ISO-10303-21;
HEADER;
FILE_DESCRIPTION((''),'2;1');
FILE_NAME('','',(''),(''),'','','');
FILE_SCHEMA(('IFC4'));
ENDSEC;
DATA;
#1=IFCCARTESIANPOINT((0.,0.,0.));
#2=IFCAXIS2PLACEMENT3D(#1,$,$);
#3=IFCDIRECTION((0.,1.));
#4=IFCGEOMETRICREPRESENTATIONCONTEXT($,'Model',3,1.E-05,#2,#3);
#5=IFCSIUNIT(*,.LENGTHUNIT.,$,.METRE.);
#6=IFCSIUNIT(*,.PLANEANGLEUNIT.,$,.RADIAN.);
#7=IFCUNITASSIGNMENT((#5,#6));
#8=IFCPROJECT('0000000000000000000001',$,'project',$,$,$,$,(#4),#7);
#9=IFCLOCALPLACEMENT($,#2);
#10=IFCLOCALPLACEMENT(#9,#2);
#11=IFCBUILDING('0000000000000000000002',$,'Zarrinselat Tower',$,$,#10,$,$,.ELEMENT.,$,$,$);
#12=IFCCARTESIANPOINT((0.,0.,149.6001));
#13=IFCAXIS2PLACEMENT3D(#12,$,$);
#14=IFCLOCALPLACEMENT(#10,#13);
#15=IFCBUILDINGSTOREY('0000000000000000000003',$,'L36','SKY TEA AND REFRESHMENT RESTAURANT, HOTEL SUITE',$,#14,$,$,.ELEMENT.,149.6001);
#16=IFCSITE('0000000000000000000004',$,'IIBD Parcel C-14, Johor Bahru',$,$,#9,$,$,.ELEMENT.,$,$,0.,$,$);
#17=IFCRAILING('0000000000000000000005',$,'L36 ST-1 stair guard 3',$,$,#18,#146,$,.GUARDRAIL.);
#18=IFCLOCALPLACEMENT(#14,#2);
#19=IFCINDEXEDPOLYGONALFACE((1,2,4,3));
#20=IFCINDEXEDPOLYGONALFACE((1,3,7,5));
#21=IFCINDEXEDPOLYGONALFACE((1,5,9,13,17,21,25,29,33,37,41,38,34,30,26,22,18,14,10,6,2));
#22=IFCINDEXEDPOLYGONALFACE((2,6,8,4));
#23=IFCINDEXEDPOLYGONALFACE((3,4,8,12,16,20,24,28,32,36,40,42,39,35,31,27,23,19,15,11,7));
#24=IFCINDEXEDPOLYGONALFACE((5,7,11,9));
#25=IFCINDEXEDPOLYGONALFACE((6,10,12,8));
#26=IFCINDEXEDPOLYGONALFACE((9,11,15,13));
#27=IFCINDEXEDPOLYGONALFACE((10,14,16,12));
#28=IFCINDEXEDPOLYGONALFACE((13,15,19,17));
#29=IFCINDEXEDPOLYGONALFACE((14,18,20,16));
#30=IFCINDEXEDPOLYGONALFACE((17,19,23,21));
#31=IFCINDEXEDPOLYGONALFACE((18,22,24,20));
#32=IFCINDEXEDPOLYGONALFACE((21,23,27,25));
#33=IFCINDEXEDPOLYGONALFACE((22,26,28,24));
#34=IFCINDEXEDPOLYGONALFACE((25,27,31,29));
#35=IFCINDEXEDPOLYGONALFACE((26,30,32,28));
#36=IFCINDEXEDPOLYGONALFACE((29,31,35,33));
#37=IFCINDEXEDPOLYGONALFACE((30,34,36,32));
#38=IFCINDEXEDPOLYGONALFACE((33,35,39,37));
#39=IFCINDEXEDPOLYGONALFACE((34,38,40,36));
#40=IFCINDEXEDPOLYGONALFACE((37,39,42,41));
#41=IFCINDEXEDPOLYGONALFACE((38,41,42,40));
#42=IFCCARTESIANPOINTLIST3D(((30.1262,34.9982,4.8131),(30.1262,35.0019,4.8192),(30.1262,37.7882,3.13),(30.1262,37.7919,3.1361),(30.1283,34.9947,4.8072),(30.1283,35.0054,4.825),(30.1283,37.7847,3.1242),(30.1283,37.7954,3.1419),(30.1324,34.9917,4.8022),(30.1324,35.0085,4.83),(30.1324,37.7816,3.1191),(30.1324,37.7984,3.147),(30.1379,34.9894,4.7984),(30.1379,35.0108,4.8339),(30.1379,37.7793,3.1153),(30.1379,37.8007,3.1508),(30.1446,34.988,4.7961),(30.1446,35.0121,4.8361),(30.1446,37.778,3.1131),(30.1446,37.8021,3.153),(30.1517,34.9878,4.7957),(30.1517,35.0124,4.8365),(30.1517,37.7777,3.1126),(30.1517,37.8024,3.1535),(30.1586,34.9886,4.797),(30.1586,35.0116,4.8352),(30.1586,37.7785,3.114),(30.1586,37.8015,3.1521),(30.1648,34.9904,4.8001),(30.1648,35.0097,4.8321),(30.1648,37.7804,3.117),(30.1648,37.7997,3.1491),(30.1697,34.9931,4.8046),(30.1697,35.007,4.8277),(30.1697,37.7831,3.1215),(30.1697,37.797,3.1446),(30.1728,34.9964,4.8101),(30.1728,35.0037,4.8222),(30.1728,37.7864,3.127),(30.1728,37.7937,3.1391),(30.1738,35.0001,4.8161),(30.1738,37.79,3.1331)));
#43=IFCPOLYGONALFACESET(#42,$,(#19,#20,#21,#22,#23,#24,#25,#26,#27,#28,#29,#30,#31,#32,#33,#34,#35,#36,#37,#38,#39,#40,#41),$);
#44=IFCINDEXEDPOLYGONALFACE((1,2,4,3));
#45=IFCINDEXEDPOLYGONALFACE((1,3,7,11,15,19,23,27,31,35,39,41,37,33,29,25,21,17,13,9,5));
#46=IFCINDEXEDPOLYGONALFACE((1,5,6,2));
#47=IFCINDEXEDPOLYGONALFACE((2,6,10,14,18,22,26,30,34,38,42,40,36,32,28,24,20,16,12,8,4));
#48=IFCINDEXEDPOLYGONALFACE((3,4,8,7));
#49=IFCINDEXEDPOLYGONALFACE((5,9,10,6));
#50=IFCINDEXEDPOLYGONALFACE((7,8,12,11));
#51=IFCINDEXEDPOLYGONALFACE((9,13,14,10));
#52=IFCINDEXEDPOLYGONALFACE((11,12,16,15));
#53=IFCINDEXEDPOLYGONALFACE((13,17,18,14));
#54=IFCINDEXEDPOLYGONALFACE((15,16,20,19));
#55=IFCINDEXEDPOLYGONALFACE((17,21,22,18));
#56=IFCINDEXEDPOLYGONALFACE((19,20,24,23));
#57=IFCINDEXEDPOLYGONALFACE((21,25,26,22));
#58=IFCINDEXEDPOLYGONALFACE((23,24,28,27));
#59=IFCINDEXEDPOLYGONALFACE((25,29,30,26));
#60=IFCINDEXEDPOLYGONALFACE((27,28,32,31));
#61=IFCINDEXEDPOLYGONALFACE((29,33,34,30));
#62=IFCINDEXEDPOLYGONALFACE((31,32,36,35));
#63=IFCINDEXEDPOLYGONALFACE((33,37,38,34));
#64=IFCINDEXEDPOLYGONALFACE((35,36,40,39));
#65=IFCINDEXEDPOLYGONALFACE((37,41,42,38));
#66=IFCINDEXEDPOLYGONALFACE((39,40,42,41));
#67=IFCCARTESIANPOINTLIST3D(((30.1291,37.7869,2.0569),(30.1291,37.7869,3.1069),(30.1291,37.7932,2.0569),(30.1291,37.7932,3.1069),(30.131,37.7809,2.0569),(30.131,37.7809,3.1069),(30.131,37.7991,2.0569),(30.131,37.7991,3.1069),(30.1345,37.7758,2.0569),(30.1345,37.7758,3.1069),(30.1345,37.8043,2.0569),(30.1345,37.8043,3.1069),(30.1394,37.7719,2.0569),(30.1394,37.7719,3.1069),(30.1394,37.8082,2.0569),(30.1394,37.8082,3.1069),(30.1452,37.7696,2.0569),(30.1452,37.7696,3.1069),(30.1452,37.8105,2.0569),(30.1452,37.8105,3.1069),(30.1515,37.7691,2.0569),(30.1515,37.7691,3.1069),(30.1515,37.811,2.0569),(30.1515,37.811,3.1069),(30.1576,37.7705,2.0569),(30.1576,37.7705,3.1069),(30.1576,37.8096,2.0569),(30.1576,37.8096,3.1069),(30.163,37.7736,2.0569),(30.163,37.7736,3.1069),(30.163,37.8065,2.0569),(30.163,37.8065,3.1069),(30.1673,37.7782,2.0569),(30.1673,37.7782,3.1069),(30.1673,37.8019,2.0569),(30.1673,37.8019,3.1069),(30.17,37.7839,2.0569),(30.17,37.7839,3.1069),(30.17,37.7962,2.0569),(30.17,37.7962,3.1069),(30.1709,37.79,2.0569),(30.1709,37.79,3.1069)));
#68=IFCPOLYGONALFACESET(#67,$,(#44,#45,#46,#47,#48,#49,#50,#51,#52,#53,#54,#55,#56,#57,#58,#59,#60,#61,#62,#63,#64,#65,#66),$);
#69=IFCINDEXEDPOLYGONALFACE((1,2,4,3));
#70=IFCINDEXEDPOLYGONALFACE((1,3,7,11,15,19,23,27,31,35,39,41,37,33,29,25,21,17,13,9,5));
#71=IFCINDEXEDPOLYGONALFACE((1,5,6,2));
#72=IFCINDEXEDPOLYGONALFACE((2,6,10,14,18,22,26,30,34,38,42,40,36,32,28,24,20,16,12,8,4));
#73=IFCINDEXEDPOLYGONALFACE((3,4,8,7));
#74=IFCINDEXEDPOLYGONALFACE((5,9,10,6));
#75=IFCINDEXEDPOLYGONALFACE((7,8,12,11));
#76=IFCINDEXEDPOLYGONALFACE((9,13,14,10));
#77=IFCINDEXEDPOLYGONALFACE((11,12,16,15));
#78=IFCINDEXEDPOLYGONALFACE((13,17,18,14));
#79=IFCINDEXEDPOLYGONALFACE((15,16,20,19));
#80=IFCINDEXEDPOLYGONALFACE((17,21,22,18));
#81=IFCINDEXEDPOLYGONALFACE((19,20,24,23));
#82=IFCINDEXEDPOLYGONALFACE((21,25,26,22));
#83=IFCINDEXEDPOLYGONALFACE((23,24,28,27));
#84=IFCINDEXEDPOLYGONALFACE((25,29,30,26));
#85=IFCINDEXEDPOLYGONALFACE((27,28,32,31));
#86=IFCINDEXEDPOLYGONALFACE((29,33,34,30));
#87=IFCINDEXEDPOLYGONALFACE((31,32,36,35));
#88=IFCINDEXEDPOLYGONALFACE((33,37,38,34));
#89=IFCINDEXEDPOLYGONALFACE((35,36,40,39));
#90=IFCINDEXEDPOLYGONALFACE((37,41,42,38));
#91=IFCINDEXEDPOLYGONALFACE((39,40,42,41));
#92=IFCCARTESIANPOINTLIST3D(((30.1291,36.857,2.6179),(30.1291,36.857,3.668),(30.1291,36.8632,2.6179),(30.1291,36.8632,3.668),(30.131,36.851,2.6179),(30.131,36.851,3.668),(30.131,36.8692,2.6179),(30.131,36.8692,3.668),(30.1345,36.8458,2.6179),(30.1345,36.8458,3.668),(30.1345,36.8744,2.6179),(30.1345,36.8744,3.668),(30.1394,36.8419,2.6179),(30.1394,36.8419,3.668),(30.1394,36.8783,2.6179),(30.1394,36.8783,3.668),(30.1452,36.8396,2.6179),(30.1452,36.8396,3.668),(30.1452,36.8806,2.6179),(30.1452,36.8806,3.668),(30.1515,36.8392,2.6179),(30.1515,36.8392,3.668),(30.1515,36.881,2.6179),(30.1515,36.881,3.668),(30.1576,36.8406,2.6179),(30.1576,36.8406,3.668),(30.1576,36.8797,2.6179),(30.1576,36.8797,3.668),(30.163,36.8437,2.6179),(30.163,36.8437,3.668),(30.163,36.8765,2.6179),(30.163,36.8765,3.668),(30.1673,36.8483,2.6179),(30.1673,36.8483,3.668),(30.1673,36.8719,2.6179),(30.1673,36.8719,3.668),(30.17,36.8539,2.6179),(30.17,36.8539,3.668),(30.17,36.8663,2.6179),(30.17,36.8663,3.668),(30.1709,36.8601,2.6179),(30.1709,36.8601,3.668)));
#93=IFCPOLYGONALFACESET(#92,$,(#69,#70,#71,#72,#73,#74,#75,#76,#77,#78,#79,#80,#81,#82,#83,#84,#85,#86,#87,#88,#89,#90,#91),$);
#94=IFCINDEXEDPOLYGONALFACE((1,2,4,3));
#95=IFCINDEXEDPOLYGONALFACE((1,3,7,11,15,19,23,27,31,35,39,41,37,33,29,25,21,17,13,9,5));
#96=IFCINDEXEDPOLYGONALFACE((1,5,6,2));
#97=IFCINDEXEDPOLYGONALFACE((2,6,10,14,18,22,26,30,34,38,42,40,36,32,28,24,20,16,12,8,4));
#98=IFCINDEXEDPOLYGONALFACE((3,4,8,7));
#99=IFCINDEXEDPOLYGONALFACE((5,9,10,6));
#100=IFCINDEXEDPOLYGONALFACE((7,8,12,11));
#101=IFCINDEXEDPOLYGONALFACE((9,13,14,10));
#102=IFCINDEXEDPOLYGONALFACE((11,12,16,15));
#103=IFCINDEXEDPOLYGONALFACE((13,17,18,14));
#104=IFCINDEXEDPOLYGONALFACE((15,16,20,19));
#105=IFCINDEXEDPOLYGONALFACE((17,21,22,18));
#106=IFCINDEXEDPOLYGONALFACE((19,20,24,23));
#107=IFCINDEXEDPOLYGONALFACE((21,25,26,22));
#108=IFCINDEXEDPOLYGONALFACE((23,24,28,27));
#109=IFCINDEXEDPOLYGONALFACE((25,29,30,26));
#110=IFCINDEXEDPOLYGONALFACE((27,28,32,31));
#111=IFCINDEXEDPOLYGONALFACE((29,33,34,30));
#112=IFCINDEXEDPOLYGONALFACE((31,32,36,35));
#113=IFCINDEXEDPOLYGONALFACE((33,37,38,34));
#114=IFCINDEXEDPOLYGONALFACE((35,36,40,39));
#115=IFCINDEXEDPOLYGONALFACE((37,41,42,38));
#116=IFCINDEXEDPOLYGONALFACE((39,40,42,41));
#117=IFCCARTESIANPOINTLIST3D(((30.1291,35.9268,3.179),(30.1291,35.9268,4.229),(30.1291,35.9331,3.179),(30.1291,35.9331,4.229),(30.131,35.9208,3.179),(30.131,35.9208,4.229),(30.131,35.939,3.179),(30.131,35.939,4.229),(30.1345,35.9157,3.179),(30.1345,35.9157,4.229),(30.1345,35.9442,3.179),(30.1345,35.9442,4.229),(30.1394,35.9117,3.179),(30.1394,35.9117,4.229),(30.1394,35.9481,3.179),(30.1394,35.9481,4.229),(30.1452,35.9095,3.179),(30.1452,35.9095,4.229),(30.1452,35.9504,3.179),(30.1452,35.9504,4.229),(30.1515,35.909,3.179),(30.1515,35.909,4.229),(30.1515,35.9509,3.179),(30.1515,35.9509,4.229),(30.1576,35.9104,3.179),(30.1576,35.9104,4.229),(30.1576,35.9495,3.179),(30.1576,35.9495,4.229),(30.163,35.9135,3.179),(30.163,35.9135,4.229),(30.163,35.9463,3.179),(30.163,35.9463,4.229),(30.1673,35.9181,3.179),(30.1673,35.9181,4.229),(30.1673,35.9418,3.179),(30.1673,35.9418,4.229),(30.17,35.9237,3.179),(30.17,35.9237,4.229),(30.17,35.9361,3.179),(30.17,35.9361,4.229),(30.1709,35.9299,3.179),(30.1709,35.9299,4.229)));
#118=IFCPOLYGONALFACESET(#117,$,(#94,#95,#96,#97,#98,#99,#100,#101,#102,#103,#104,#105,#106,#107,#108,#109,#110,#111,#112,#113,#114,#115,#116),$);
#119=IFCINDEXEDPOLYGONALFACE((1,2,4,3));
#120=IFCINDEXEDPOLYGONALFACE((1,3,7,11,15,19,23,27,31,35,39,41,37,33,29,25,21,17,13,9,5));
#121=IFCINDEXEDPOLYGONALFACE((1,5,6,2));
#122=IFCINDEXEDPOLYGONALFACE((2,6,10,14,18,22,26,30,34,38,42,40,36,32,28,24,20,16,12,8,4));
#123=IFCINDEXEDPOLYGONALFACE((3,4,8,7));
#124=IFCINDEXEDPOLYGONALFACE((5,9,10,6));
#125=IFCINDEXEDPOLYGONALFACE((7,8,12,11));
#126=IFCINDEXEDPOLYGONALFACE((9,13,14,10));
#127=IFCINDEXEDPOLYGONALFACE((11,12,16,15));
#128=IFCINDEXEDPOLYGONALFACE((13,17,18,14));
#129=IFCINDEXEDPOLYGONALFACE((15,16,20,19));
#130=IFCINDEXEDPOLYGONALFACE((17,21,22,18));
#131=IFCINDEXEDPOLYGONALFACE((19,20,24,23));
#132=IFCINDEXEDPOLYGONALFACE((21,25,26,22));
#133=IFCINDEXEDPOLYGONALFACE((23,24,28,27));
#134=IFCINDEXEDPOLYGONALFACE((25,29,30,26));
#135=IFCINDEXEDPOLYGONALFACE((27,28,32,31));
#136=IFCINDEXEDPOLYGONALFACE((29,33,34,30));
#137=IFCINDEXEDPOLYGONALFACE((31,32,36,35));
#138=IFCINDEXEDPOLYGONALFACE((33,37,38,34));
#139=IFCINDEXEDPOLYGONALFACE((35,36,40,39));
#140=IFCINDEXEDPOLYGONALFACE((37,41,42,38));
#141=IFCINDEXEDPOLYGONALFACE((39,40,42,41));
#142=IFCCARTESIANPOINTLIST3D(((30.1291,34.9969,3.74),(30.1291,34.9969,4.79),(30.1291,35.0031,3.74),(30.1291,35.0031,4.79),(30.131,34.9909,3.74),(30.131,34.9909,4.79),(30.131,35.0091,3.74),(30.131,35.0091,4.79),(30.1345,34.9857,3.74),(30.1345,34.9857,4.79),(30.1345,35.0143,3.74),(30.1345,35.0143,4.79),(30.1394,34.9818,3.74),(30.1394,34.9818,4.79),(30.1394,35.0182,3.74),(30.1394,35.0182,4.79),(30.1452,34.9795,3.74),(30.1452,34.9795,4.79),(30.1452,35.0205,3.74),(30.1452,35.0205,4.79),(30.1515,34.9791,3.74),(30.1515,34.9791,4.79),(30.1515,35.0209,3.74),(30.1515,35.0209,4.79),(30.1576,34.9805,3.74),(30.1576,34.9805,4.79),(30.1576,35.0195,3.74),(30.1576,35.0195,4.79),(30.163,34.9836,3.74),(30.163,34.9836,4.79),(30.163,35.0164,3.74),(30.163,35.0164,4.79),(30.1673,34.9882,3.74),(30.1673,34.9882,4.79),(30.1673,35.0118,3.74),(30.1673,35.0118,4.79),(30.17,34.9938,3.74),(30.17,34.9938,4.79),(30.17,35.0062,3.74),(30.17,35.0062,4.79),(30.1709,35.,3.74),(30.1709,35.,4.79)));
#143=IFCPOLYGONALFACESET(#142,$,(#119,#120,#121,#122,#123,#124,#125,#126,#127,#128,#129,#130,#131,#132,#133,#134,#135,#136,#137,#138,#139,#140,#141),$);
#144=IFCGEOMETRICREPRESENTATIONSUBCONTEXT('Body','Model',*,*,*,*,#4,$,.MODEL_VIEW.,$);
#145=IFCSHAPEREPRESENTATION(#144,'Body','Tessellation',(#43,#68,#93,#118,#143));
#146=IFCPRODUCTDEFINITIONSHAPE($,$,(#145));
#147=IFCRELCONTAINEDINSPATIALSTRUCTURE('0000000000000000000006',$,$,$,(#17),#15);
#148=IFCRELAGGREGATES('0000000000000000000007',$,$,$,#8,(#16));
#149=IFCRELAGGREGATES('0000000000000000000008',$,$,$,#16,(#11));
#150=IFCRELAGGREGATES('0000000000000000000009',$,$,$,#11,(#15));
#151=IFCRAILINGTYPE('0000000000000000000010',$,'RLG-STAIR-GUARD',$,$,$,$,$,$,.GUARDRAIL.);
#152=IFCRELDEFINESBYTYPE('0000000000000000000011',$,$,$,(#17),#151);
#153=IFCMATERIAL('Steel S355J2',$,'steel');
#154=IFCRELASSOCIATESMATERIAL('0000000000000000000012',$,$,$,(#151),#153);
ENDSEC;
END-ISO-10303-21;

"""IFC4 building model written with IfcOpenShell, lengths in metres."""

from ifc_helpers import new_model, si_unit, direction, frame, origin, origin_2d, place, context, subcontext, project, spatial, circle, extrude, material, type_object, element, save


model = new_model("IFC4")

# Units and contexts
model_context = context("Model", 3, precision=1e-05, world=origin(), true_north=direction((0.0, 1.0)))
body_context = subcontext(model_context, "Body", "Model", "MODEL_VIEW")
ifc_project = project(units=[si_unit("LENGTHUNIT", "METRE"), si_unit("PLANEANGLEUNIT", "RADIAN")], contexts=[model_context])

# Site, building, storey
site_placement = place(None, origin())
site = spatial("IfcSite", under=ifc_project, at=site_placement, Name="IIBD Parcel C-14, Johor Bahru", CompositionType="ELEMENT", RefElevation=0.0)
building_placement = place(site_placement, origin())
building = spatial("IfcBuilding", under=site, at=building_placement, Name="Zarrinselat Tower", CompositionType="ELEMENT")
storey_placement = place(building_placement, frame((0.0, 0.0, 149.6001)))
storey = spatial("IfcBuildingStorey", under=building, at=storey_placement, Name="L36", Description="SKY TEA AND REFRESHMENT RESTAURANT, HOTEL SUITE", CompositionType="ELEMENT", Elevation=149.6001)

# Railing
ifc_material_1 = material(Name="Steel S355J2", Category="steel")
railing_type_1 = type_object("IfcRailingType", Name="RLG-STAIR-GUARD", PredefinedType="GUARDRAIL", material=ifc_material_1)
railing_1_placement = place(storey_placement, frame((30.1499, 37.79, 2.0569)))
element("IfcRailing", 1, at=railing_1_placement, inside=storey, type_object=railing_type_1, Name="L36 ST-1 stair guard 3", PredefinedType="GUARDRAIL", context=body_context, shape_type="SweptSolid", body=[
    extrude(circle(Radius=0.0239, at=origin_2d()), frame((0.0, 0.0, 1.0762), z_axis=(0.0, -0.856261, 0.516544), x_axis=(1.0, 0.0, 0.0)), (0.0, 0.0, 1.0), 3.2583),
    extrude(circle(Radius=0.021, at=origin_2d()), origin(), (0.0, 0.0, 1.0), 1.05),
    extrude(circle(Radius=0.021, at=origin_2d()), frame((0.0, -0.9299, 0.561)), (0.0, 0.0, 1.0), 1.05),
    extrude(circle(Radius=0.021, at=origin_2d()), frame((0.0, -1.8601, 1.1221)), (0.0, 0.0, 1.0), 1.05),
    extrude(circle(Radius=0.021, at=origin_2d()), frame((0.0, -2.79, 1.6831)), (0.0, 0.0, 1.0), 1.05),
])

save(model, "model.ifc")
